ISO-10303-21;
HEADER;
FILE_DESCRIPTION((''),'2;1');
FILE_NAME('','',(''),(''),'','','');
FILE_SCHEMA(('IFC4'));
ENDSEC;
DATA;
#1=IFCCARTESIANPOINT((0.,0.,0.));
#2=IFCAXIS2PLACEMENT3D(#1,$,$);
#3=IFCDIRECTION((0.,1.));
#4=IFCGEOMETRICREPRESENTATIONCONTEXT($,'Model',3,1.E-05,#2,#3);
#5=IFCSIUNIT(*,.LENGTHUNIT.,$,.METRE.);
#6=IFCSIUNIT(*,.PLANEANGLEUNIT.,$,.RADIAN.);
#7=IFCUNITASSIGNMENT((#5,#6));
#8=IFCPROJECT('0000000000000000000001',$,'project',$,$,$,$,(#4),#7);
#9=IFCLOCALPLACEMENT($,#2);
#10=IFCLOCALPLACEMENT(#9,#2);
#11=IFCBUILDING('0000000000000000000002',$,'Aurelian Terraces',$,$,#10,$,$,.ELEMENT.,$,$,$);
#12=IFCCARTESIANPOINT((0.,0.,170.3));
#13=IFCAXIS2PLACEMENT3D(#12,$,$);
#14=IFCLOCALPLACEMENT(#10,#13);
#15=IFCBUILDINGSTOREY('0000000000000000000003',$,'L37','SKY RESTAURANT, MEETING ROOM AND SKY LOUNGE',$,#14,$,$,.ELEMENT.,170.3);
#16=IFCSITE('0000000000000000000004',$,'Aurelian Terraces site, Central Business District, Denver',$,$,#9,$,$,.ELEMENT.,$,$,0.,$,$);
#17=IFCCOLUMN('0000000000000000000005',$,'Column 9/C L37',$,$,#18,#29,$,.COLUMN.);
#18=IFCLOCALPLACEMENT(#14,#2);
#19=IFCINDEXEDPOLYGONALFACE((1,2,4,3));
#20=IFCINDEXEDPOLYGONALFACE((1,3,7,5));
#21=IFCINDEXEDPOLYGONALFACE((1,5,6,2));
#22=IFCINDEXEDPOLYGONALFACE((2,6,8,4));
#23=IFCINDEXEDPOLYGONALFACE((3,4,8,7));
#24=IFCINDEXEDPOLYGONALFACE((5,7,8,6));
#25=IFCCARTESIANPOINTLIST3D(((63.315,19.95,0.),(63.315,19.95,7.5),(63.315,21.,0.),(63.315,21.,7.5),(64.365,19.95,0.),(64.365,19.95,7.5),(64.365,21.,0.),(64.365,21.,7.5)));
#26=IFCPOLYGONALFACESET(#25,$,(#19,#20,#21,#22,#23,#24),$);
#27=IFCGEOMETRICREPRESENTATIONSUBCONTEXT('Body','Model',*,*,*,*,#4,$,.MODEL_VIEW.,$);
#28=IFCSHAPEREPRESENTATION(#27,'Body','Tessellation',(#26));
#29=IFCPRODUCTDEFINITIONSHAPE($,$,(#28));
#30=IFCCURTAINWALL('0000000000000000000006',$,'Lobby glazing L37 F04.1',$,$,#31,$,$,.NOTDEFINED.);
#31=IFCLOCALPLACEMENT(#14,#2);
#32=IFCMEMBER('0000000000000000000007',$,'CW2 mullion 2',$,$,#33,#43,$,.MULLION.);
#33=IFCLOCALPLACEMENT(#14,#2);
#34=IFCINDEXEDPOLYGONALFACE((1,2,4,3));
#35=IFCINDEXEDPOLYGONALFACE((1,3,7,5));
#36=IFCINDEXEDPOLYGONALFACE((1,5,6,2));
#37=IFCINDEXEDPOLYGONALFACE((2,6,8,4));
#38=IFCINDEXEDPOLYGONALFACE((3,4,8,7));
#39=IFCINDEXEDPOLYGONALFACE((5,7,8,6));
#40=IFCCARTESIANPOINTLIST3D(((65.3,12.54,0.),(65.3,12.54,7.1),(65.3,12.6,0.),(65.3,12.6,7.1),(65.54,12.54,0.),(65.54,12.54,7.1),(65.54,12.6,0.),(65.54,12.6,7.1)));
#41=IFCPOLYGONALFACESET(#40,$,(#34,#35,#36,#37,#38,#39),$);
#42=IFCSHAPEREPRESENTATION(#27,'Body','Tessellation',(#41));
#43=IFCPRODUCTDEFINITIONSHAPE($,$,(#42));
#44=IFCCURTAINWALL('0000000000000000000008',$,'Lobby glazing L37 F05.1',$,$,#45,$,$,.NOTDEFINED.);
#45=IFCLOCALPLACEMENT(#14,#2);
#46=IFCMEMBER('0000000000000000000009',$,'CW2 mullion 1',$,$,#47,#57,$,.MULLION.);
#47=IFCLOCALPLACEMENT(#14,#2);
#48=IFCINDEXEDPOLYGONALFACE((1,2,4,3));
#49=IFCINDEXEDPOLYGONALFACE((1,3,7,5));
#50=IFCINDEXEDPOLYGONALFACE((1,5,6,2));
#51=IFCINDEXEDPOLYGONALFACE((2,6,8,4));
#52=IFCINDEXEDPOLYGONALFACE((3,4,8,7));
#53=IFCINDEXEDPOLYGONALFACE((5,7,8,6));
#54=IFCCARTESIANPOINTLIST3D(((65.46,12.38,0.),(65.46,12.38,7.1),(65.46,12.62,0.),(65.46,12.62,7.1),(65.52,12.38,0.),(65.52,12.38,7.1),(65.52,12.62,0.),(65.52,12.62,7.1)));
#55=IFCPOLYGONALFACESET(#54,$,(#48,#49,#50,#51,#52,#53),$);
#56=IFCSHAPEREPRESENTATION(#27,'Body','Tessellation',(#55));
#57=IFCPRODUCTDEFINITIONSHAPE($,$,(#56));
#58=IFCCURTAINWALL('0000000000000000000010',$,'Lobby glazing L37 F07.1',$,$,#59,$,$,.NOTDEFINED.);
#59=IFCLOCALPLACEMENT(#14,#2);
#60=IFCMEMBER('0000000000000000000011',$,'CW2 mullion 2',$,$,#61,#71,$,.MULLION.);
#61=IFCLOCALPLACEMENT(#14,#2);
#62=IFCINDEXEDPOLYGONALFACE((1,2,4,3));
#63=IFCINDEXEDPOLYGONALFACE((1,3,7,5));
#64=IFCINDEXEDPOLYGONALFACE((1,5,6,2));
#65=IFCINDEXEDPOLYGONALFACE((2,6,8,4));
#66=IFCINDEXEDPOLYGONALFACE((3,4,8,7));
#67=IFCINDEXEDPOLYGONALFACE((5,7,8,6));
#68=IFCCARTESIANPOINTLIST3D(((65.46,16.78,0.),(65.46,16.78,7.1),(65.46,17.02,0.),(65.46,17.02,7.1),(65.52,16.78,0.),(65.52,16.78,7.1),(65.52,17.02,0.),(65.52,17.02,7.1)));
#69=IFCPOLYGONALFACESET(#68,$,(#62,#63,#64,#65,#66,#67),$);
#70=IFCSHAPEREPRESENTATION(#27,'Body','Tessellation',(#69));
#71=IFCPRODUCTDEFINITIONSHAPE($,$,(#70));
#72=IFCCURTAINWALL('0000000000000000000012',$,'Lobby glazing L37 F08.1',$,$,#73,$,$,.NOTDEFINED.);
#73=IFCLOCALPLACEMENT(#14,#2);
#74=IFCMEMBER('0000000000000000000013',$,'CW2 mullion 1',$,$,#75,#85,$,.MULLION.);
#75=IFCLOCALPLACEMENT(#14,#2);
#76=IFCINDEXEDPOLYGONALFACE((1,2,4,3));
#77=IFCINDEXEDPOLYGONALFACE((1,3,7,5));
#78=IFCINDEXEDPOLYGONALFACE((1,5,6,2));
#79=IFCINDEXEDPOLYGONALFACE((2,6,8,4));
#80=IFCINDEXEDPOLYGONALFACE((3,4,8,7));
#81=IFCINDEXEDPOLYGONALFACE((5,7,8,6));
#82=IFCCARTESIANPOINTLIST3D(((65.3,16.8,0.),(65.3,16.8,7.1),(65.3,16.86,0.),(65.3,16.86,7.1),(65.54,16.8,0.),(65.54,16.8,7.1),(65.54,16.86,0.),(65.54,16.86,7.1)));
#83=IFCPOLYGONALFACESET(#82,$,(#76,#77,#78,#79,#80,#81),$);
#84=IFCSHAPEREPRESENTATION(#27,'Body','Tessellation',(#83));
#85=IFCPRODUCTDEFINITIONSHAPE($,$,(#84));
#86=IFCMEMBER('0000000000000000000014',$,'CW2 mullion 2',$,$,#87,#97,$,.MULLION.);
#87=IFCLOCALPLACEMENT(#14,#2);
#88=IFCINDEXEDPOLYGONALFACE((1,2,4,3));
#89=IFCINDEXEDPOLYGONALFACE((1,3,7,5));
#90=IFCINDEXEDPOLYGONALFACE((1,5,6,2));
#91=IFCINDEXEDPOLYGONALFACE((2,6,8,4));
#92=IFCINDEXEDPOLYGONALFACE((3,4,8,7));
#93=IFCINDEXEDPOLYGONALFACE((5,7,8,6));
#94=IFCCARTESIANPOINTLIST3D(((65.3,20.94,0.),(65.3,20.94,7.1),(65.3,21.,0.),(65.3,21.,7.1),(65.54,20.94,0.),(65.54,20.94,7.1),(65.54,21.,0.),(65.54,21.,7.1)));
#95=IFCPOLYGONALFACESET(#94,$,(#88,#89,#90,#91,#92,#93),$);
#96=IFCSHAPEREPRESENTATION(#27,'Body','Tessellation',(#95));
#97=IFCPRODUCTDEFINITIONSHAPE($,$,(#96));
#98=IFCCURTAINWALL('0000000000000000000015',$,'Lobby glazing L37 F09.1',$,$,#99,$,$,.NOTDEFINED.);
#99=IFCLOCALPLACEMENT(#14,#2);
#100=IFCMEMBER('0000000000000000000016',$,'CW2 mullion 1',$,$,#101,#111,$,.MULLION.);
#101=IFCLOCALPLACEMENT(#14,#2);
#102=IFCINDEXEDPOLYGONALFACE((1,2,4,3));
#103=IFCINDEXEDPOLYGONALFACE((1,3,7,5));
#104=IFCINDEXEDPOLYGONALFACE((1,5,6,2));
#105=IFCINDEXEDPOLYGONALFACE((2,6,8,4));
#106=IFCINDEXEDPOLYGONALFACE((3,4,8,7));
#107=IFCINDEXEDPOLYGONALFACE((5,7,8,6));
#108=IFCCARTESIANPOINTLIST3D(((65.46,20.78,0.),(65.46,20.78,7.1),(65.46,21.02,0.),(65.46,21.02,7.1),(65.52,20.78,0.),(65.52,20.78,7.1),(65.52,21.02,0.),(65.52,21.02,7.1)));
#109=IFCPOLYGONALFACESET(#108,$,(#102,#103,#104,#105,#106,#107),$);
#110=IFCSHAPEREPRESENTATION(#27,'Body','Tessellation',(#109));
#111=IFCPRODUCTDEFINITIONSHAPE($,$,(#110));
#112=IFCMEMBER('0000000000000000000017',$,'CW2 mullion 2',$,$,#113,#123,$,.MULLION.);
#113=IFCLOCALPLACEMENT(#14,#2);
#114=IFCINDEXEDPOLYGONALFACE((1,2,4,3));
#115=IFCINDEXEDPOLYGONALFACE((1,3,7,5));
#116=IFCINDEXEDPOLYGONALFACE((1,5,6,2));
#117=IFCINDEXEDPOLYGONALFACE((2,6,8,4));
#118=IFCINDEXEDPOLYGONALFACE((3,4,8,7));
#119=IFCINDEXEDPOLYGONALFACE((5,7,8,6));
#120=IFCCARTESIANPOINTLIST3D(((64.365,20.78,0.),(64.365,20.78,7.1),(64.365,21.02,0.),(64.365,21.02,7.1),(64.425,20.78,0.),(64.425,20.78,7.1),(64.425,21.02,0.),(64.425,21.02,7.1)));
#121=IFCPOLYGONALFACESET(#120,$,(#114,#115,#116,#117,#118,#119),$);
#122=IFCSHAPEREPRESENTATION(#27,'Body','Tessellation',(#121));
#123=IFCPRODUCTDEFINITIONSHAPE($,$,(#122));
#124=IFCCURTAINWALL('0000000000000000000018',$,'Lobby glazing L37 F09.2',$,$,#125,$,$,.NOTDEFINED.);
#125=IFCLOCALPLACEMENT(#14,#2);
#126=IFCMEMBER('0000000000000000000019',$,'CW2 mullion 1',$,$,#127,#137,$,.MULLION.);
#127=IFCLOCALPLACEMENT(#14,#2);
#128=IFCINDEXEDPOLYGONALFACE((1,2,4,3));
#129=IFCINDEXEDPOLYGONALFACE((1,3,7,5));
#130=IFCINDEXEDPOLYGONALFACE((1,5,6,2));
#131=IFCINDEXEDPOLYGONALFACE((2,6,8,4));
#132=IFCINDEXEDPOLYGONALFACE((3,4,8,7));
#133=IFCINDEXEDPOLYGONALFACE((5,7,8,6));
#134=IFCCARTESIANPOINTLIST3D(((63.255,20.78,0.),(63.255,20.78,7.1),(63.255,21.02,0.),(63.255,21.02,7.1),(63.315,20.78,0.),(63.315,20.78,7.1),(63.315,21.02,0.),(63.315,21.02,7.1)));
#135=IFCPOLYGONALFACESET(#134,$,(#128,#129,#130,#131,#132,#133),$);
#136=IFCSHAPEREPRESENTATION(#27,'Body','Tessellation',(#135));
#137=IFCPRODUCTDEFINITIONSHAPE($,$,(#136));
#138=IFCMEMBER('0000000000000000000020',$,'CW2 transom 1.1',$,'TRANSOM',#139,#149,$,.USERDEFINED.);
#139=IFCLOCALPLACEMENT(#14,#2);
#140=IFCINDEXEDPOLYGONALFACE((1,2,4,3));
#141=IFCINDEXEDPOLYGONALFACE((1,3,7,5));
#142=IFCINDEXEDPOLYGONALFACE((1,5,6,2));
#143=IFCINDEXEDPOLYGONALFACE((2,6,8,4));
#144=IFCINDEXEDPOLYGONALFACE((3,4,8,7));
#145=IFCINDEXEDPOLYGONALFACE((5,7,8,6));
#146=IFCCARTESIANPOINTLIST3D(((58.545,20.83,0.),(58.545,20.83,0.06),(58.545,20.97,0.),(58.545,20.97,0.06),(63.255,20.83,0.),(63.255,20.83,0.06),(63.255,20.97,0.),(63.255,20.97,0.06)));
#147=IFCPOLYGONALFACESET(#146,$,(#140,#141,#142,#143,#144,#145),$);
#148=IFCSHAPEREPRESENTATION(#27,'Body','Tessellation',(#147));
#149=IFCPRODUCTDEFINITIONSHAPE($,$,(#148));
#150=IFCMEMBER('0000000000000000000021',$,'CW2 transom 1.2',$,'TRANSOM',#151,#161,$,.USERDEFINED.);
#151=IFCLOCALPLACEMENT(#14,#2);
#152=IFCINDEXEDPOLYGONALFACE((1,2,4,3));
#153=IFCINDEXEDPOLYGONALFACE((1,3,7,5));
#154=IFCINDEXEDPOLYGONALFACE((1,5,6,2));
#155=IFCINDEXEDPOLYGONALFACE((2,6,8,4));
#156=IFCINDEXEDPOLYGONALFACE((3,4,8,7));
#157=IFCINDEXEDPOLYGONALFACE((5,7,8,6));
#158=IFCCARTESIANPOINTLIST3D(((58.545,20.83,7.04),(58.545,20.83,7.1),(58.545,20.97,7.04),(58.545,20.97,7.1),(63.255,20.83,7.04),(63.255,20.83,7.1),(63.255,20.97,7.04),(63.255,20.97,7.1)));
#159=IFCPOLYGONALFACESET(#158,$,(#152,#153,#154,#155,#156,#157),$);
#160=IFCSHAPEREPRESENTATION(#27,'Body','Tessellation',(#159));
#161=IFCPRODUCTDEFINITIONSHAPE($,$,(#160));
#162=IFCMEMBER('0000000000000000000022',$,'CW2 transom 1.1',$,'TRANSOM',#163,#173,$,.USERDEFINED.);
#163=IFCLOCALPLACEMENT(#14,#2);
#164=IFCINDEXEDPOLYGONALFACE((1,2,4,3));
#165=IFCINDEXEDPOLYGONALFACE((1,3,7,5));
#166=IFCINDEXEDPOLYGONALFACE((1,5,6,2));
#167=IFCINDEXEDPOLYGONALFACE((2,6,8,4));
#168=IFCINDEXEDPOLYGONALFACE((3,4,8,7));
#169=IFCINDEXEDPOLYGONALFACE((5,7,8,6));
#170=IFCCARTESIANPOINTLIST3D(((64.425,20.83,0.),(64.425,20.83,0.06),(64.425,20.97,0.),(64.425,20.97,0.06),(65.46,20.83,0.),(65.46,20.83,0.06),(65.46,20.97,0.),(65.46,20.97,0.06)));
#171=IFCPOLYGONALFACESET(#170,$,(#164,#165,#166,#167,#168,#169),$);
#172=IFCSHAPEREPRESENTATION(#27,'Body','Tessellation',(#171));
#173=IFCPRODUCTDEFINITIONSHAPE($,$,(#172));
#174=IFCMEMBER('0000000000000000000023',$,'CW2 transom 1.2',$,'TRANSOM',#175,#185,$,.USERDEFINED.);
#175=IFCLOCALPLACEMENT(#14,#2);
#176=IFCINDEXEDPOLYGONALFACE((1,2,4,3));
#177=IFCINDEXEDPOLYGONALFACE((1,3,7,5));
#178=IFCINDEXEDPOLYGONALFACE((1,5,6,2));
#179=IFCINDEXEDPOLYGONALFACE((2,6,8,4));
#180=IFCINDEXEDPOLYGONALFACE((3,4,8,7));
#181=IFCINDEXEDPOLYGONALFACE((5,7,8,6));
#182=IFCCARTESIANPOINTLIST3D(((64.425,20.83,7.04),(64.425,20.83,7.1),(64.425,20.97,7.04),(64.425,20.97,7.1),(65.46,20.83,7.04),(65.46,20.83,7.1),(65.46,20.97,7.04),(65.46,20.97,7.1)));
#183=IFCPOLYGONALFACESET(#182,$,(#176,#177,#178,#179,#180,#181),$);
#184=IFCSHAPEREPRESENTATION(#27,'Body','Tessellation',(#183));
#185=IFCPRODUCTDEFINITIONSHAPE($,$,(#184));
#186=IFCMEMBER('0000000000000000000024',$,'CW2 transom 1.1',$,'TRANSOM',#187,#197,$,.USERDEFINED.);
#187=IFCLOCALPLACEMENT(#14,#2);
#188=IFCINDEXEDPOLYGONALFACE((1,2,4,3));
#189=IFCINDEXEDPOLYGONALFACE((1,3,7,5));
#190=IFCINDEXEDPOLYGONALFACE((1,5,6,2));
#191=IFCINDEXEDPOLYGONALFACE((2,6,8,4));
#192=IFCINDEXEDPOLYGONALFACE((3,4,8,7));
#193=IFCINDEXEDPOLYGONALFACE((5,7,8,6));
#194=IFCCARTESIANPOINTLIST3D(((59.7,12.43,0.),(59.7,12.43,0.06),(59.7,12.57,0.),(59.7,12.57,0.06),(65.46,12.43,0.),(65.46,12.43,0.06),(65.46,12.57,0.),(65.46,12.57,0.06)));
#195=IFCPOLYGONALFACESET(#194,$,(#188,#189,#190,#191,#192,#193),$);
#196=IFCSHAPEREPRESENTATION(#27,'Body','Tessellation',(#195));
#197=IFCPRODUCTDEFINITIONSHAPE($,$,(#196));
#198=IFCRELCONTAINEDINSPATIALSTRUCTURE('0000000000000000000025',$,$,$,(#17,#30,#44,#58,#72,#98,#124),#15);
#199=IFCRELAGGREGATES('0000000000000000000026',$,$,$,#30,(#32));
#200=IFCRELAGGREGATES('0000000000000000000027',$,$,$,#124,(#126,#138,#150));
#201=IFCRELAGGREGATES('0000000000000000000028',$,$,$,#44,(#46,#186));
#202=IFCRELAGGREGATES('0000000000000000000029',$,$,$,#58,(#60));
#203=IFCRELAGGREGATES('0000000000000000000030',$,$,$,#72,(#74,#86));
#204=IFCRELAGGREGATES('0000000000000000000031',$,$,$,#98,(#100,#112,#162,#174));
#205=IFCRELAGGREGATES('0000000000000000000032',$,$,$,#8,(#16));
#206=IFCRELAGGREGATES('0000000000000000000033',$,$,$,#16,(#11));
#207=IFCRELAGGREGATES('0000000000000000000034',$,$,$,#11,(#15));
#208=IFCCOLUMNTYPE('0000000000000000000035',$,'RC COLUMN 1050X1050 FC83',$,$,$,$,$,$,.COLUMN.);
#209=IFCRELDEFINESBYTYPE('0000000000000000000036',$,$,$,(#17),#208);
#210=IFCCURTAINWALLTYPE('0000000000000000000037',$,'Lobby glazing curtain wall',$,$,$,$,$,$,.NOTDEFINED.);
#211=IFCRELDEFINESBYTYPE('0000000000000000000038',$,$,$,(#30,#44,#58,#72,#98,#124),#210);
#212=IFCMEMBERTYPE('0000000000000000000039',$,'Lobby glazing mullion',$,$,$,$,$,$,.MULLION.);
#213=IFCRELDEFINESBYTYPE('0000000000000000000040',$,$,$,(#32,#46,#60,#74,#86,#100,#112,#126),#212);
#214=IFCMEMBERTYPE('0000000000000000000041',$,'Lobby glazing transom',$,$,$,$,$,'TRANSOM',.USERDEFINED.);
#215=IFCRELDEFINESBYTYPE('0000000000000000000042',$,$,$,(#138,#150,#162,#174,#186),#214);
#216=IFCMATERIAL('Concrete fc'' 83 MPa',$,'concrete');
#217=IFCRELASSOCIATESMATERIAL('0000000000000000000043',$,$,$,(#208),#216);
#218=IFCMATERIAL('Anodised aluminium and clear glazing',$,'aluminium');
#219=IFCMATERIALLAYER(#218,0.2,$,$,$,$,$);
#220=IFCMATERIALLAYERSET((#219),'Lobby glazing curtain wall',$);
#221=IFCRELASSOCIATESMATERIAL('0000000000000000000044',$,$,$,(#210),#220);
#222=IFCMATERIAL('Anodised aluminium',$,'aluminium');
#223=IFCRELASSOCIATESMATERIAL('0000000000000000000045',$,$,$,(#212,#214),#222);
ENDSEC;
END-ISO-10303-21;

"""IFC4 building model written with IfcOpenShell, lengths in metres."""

from ifc_helpers import new_model, si_unit, direction, frame, origin, origin_2d, place, context, subcontext, project, spatial, rectangle, extrude, source, transform, mapped, material, layer, layer_set, material_profile, profile_set, type_object, element, aggregate, save


model = new_model("IFC4")

# Units and contexts
model_context = context("Model", 3, precision=1e-05, world=origin(), true_north=direction((0.0, 1.0)))
body_context = subcontext(model_context, "Body", "Model", "MODEL_VIEW")
ifc_project = project(units=[si_unit("LENGTHUNIT", "METRE"), si_unit("PLANEANGLEUNIT", "RADIAN")], contexts=[model_context])

# Site, building, storey
site_placement = place(None, origin())
site = spatial("IfcSite", under=ifc_project, at=site_placement, Name="Aurelian Terraces site, Central Business District, Denver", CompositionType="ELEMENT", RefElevation=0.0)
building_placement = place(site_placement, origin())
building = spatial("IfcBuilding", under=site, at=building_placement, Name="Aurelian Terraces", CompositionType="ELEMENT")
storey_placement = place(building_placement, frame((0.0, 0.0, 170.3)))
storey = spatial("IfcBuildingStorey", under=building, at=storey_placement, Name="L37", Description="SKY RESTAURANT, MEETING ROOM AND SKY LOUNGE", CompositionType="ELEMENT", Elevation=170.3)

# Column
ifc_material_1 = material(Name="Concrete fc' 83 MPa", Category="concrete")
ifc_material_profile_1 = material_profile(ifc_material_1, rectangle(XDim=1.05, YDim=1.05, at=origin_2d()))
ifc_profile_set_1 = profile_set([ifc_material_profile_1], Name="Concrete fc' 83 MPa")
column_type = type_object("IfcColumnType", Name="RC COLUMN 1050X1050 FC83", PredefinedType="COLUMN", material=ifc_profile_set_1)
shared_shape_1 = source(origin(), body_context, "Body", "SweptSolid", [
    extrude(rectangle(XDim=1.05, YDim=1.05, at=origin_2d()), origin(), (0.0, 0.0, 1.0), 7.5),
])
column_placement = place(storey_placement, frame((63.84, 20.475, 0.0), z_axis=(0.0, 0.0, 1.0), x_axis=(1.0, 0.0, 0.0)))
element("IfcColumn", 1, at=column_placement, inside=storey, type_object=column_type, Name="Column 9/C L37", PredefinedType="COLUMN", context=body_context, shape_type="MappedRepresentation", body=[
    mapped(shared_shape_1, transform((0.0, 0.0, 0.0), scale=1.0)),
])

# Curtain walls, members
ifc_material_2 = material(Name="Anodised aluminium and clear glazing", Category="aluminium")
ifc_layer_1 = layer(ifc_material_2, 0.2)
ifc_layer_set_1 = layer_set([ifc_layer_1], Name="Lobby glazing curtain wall")
curtain_wall_type = type_object("IfcCurtainWallType", Name="Lobby glazing curtain wall", PredefinedType="NOTDEFINED", material=ifc_layer_set_1)
curtain_wall_1_placement = place(storey_placement, origin())
curtain_wall_1 = element("IfcCurtainWall", 2, at=curtain_wall_1_placement, inside=storey, type_object=curtain_wall_type, Name="Lobby glazing L37 F04.1", PredefinedType="NOTDEFINED")
ifc_material_3 = material(Name="Anodised aluminium", Category="aluminium")
ifc_material_profile_2 = material_profile(ifc_material_3, rectangle(XDim=0.24, YDim=0.06, at=origin_2d()))
ifc_profile_set_2 = profile_set([ifc_material_profile_2], Name="Anodised aluminium")
member_type_1 = type_object("IfcMemberType", Name="Lobby glazing mullion", PredefinedType="MULLION", material=ifc_profile_set_2)
shared_shape_2 = source(origin(), body_context, "Body", "SweptSolid", [
    extrude(rectangle(XDim=0.24, YDim=0.06, at=origin_2d()), origin(), (0.0, 0.0, 1.0), 7.1),
])
member_1_placement = place(storey_placement, frame((65.42, 12.57, 0.0), z_axis=(0.0, 0.0, 1.0), x_axis=(-1.0, 0.0, 0.0)))
member_1 = element("IfcMember", 3, at=member_1_placement, type_object=member_type_1, Name="CW2 mullion 2", PredefinedType="MULLION", context=body_context, shape_type="MappedRepresentation", body=[
    mapped(shared_shape_2, transform((0.0, 0.0, 0.0), scale=1.0)),
])
aggregate(curtain_wall_1, [member_1])
curtain_wall_2_placement = place(storey_placement, origin())
curtain_wall_2 = element("IfcCurtainWall", 4, at=curtain_wall_2_placement, inside=storey, type_object=curtain_wall_type, Name="Lobby glazing L37 F05.1", PredefinedType="NOTDEFINED")
member_2_placement = place(storey_placement, frame((65.49, 12.5, 0.0), z_axis=(0.0, 0.0, 1.0), x_axis=(0.0, -1.0, 0.0)))
member_2 = element("IfcMember", 5, at=member_2_placement, type_object=member_type_1, Name="CW2 mullion 1", PredefinedType="MULLION", context=body_context, shape_type="MappedRepresentation", body=[
    mapped(shared_shape_2, transform((0.0, 0.0, 0.0), scale=1.0)),
])
curtain_wall_3_placement = place(storey_placement, origin())
curtain_wall_3 = element("IfcCurtainWall", 6, at=curtain_wall_3_placement, inside=storey, type_object=curtain_wall_type, Name="Lobby glazing L37 F07.1", PredefinedType="NOTDEFINED")
member_3_placement = place(storey_placement, frame((65.49, 16.9, 0.0), z_axis=(0.0, 0.0, 1.0), x_axis=(0.0, 1.0, 0.0)))
member_3 = element("IfcMember", 7, at=member_3_placement, type_object=member_type_1, Name="CW2 mullion 2", PredefinedType="MULLION", context=body_context, shape_type="MappedRepresentation", body=[
    mapped(shared_shape_2, transform((0.0, 0.0, 0.0), scale=1.0)),
])

# Curtain walls, members
curtain_wall_4_placement = place(storey_placement, origin())
curtain_wall_4 = element("IfcCurtainWall", 8, at=curtain_wall_4_placement, inside=storey, type_object=curtain_wall_type, Name="Lobby glazing L37 F08.1", PredefinedType="NOTDEFINED")
member_4_placement = place(storey_placement, frame((65.42, 16.83, 0.0), z_axis=(0.0, 0.0, 1.0), x_axis=(-1.0, 0.0, 0.0)))
member_4 = element("IfcMember", 9, at=member_4_placement, type_object=member_type_1, Name="CW2 mullion 1", PredefinedType="MULLION", context=body_context, shape_type="MappedRepresentation", body=[
    mapped(shared_shape_2, transform((0.0, 0.0, 0.0), scale=1.0)),
])
member_5_placement = place(storey_placement, frame((65.42, 20.97, 0.0), z_axis=(0.0, 0.0, 1.0), x_axis=(-1.0, 0.0, 0.0)))
member_5 = element("IfcMember", 10, at=member_5_placement, type_object=member_type_1, Name="CW2 mullion 2", PredefinedType="MULLION", context=body_context, shape_type="MappedRepresentation", body=[
    mapped(shared_shape_2, transform((0.0, 0.0, 0.0), scale=1.0)),
])
curtain_wall_5_placement = place(storey_placement, origin())
curtain_wall_5 = element("IfcCurtainWall", 11, at=curtain_wall_5_placement, inside=storey, type_object=curtain_wall_type, Name="Lobby glazing L37 F09.1", PredefinedType="NOTDEFINED")
member_6_placement = place(storey_placement, frame((65.49, 20.9, 0.0), z_axis=(0.0, 0.0, 1.0), x_axis=(0.0, -1.0, 0.0)))
member_6 = element("IfcMember", 12, at=member_6_placement, type_object=member_type_1, Name="CW2 mullion 1", PredefinedType="MULLION", context=body_context, shape_type="MappedRepresentation", body=[
    mapped(shared_shape_2, transform((0.0, 0.0, 0.0), scale=1.0)),
])
member_7_placement = place(storey_placement, frame((64.395, 20.9, 0.0), z_axis=(0.0, 0.0, 1.0), x_axis=(0.0, -1.0, 0.0)))
member_7 = element("IfcMember", 13, at=member_7_placement, type_object=member_type_1, Name="CW2 mullion 2", PredefinedType="MULLION", context=body_context, shape_type="MappedRepresentation", body=[
    mapped(shared_shape_2, transform((0.0, 0.0, 0.0), scale=1.0)),
])
curtain_wall_6_placement = place(storey_placement, origin())
curtain_wall_6 = element("IfcCurtainWall", 14, at=curtain_wall_6_placement, inside=storey, type_object=curtain_wall_type, Name="Lobby glazing L37 F09.2", PredefinedType="NOTDEFINED")
member_8_placement = place(storey_placement, frame((63.285, 20.9, 0.0), z_axis=(0.0, 0.0, 1.0), x_axis=(0.0, -1.0, 0.0)))
member_8 = element("IfcMember", 15, at=member_8_placement, type_object=member_type_1, Name="CW2 mullion 1", PredefinedType="MULLION", context=body_context, shape_type="MappedRepresentation", body=[
    mapped(shared_shape_2, transform((0.0, 0.0, 0.0), scale=1.0)),
])
ifc_material_profile_3 = material_profile(ifc_material_3, rectangle(XDim=0.14, YDim=0.06, at=origin_2d()))
ifc_profile_set_3 = profile_set([ifc_material_profile_3], Name="Anodised aluminium")
member_type_2 = type_object("IfcMemberType", Name="Lobby glazing transom", ElementType="TRANSOM", PredefinedType="USERDEFINED", material=ifc_profile_set_3)
shared_shape_3 = source(origin(), body_context, "Body", "SweptSolid", [
    extrude(rectangle(XDim=0.14, YDim=0.06, at=origin_2d()), origin(), (0.0, 0.0, 1.0), 4.71),
])
member_9_placement = place(storey_placement, frame((63.255, 20.9, 0.03), z_axis=(-1.0, 0.0, 0.0), x_axis=(0.0, -1.0, 0.0)))
member_9 = element("IfcMember", 16, at=member_9_placement, type_object=member_type_2, Name="CW2 transom 1.1", ObjectType="TRANSOM", PredefinedType="USERDEFINED", context=body_context, shape_type="MappedRepresentation", body=[
    mapped(shared_shape_3, transform((0.0, 0.0, 0.0), scale=1.0)),
])
member_10_placement = place(storey_placement, frame((63.255, 20.9, 7.07), z_axis=(-1.0, 0.0, 0.0), x_axis=(0.0, -1.0, 0.0)))
member_10 = element("IfcMember", 17, at=member_10_placement, type_object=member_type_2, Name="CW2 transom 1.2", ObjectType="TRANSOM", PredefinedType="USERDEFINED", context=body_context, shape_type="MappedRepresentation", body=[
    mapped(shared_shape_3, transform((0.0, 0.0, 0.0), scale=1.0)),
])

# Members
shared_shape_4 = source(origin(), body_context, "Body", "SweptSolid", [
    extrude(rectangle(XDim=0.14, YDim=0.06, at=origin_2d()), origin(), (0.0, 0.0, 1.0), 1.035),
])
member_11_placement = place(storey_placement, frame((65.46, 20.9, 0.03), z_axis=(-1.0, 0.0, 0.0), x_axis=(0.0, -1.0, 0.0)))
member_11 = element("IfcMember", 18, at=member_11_placement, type_object=member_type_2, Name="CW2 transom 1.1", ObjectType="TRANSOM", PredefinedType="USERDEFINED", context=body_context, shape_type="MappedRepresentation", body=[
    mapped(shared_shape_4, transform((0.0, 0.0, 0.0), scale=1.0)),
])
member_12_placement = place(storey_placement, frame((65.46, 20.9, 7.07), z_axis=(-1.0, 0.0, 0.0), x_axis=(0.0, -1.0, 0.0)))
member_12 = element("IfcMember", 19, at=member_12_placement, type_object=member_type_2, Name="CW2 transom 1.2", ObjectType="TRANSOM", PredefinedType="USERDEFINED", context=body_context, shape_type="MappedRepresentation", body=[
    mapped(shared_shape_4, transform((0.0, 0.0, 0.0), scale=1.0)),
])
shared_shape_5 = source(origin(), body_context, "Body", "SweptSolid", [
    extrude(rectangle(XDim=0.14, YDim=0.06, at=origin_2d()), origin(), (0.0, 0.0, 1.0), 5.76),
])
member_13_placement = place(storey_placement, frame((65.46, 12.5, 0.03), z_axis=(-1.0, 0.0, 0.0), x_axis=(0.0, -1.0, 0.0)))
member_13 = element("IfcMember", 20, at=member_13_placement, type_object=member_type_2, Name="CW2 transom 1.1", ObjectType="TRANSOM", PredefinedType="USERDEFINED", context=body_context, shape_type="MappedRepresentation", body=[
    mapped(shared_shape_5, transform((0.0, 0.0, 0.0), scale=1.0)),
])

aggregate(curtain_wall_6, [member_8, member_9, member_10])
aggregate(curtain_wall_2, [member_2, member_13])
aggregate(curtain_wall_3, [member_3])
aggregate(curtain_wall_4, [member_4, member_5])
aggregate(curtain_wall_5, [member_6, member_7, member_11, member_12])

save(model, "model.ifc")
